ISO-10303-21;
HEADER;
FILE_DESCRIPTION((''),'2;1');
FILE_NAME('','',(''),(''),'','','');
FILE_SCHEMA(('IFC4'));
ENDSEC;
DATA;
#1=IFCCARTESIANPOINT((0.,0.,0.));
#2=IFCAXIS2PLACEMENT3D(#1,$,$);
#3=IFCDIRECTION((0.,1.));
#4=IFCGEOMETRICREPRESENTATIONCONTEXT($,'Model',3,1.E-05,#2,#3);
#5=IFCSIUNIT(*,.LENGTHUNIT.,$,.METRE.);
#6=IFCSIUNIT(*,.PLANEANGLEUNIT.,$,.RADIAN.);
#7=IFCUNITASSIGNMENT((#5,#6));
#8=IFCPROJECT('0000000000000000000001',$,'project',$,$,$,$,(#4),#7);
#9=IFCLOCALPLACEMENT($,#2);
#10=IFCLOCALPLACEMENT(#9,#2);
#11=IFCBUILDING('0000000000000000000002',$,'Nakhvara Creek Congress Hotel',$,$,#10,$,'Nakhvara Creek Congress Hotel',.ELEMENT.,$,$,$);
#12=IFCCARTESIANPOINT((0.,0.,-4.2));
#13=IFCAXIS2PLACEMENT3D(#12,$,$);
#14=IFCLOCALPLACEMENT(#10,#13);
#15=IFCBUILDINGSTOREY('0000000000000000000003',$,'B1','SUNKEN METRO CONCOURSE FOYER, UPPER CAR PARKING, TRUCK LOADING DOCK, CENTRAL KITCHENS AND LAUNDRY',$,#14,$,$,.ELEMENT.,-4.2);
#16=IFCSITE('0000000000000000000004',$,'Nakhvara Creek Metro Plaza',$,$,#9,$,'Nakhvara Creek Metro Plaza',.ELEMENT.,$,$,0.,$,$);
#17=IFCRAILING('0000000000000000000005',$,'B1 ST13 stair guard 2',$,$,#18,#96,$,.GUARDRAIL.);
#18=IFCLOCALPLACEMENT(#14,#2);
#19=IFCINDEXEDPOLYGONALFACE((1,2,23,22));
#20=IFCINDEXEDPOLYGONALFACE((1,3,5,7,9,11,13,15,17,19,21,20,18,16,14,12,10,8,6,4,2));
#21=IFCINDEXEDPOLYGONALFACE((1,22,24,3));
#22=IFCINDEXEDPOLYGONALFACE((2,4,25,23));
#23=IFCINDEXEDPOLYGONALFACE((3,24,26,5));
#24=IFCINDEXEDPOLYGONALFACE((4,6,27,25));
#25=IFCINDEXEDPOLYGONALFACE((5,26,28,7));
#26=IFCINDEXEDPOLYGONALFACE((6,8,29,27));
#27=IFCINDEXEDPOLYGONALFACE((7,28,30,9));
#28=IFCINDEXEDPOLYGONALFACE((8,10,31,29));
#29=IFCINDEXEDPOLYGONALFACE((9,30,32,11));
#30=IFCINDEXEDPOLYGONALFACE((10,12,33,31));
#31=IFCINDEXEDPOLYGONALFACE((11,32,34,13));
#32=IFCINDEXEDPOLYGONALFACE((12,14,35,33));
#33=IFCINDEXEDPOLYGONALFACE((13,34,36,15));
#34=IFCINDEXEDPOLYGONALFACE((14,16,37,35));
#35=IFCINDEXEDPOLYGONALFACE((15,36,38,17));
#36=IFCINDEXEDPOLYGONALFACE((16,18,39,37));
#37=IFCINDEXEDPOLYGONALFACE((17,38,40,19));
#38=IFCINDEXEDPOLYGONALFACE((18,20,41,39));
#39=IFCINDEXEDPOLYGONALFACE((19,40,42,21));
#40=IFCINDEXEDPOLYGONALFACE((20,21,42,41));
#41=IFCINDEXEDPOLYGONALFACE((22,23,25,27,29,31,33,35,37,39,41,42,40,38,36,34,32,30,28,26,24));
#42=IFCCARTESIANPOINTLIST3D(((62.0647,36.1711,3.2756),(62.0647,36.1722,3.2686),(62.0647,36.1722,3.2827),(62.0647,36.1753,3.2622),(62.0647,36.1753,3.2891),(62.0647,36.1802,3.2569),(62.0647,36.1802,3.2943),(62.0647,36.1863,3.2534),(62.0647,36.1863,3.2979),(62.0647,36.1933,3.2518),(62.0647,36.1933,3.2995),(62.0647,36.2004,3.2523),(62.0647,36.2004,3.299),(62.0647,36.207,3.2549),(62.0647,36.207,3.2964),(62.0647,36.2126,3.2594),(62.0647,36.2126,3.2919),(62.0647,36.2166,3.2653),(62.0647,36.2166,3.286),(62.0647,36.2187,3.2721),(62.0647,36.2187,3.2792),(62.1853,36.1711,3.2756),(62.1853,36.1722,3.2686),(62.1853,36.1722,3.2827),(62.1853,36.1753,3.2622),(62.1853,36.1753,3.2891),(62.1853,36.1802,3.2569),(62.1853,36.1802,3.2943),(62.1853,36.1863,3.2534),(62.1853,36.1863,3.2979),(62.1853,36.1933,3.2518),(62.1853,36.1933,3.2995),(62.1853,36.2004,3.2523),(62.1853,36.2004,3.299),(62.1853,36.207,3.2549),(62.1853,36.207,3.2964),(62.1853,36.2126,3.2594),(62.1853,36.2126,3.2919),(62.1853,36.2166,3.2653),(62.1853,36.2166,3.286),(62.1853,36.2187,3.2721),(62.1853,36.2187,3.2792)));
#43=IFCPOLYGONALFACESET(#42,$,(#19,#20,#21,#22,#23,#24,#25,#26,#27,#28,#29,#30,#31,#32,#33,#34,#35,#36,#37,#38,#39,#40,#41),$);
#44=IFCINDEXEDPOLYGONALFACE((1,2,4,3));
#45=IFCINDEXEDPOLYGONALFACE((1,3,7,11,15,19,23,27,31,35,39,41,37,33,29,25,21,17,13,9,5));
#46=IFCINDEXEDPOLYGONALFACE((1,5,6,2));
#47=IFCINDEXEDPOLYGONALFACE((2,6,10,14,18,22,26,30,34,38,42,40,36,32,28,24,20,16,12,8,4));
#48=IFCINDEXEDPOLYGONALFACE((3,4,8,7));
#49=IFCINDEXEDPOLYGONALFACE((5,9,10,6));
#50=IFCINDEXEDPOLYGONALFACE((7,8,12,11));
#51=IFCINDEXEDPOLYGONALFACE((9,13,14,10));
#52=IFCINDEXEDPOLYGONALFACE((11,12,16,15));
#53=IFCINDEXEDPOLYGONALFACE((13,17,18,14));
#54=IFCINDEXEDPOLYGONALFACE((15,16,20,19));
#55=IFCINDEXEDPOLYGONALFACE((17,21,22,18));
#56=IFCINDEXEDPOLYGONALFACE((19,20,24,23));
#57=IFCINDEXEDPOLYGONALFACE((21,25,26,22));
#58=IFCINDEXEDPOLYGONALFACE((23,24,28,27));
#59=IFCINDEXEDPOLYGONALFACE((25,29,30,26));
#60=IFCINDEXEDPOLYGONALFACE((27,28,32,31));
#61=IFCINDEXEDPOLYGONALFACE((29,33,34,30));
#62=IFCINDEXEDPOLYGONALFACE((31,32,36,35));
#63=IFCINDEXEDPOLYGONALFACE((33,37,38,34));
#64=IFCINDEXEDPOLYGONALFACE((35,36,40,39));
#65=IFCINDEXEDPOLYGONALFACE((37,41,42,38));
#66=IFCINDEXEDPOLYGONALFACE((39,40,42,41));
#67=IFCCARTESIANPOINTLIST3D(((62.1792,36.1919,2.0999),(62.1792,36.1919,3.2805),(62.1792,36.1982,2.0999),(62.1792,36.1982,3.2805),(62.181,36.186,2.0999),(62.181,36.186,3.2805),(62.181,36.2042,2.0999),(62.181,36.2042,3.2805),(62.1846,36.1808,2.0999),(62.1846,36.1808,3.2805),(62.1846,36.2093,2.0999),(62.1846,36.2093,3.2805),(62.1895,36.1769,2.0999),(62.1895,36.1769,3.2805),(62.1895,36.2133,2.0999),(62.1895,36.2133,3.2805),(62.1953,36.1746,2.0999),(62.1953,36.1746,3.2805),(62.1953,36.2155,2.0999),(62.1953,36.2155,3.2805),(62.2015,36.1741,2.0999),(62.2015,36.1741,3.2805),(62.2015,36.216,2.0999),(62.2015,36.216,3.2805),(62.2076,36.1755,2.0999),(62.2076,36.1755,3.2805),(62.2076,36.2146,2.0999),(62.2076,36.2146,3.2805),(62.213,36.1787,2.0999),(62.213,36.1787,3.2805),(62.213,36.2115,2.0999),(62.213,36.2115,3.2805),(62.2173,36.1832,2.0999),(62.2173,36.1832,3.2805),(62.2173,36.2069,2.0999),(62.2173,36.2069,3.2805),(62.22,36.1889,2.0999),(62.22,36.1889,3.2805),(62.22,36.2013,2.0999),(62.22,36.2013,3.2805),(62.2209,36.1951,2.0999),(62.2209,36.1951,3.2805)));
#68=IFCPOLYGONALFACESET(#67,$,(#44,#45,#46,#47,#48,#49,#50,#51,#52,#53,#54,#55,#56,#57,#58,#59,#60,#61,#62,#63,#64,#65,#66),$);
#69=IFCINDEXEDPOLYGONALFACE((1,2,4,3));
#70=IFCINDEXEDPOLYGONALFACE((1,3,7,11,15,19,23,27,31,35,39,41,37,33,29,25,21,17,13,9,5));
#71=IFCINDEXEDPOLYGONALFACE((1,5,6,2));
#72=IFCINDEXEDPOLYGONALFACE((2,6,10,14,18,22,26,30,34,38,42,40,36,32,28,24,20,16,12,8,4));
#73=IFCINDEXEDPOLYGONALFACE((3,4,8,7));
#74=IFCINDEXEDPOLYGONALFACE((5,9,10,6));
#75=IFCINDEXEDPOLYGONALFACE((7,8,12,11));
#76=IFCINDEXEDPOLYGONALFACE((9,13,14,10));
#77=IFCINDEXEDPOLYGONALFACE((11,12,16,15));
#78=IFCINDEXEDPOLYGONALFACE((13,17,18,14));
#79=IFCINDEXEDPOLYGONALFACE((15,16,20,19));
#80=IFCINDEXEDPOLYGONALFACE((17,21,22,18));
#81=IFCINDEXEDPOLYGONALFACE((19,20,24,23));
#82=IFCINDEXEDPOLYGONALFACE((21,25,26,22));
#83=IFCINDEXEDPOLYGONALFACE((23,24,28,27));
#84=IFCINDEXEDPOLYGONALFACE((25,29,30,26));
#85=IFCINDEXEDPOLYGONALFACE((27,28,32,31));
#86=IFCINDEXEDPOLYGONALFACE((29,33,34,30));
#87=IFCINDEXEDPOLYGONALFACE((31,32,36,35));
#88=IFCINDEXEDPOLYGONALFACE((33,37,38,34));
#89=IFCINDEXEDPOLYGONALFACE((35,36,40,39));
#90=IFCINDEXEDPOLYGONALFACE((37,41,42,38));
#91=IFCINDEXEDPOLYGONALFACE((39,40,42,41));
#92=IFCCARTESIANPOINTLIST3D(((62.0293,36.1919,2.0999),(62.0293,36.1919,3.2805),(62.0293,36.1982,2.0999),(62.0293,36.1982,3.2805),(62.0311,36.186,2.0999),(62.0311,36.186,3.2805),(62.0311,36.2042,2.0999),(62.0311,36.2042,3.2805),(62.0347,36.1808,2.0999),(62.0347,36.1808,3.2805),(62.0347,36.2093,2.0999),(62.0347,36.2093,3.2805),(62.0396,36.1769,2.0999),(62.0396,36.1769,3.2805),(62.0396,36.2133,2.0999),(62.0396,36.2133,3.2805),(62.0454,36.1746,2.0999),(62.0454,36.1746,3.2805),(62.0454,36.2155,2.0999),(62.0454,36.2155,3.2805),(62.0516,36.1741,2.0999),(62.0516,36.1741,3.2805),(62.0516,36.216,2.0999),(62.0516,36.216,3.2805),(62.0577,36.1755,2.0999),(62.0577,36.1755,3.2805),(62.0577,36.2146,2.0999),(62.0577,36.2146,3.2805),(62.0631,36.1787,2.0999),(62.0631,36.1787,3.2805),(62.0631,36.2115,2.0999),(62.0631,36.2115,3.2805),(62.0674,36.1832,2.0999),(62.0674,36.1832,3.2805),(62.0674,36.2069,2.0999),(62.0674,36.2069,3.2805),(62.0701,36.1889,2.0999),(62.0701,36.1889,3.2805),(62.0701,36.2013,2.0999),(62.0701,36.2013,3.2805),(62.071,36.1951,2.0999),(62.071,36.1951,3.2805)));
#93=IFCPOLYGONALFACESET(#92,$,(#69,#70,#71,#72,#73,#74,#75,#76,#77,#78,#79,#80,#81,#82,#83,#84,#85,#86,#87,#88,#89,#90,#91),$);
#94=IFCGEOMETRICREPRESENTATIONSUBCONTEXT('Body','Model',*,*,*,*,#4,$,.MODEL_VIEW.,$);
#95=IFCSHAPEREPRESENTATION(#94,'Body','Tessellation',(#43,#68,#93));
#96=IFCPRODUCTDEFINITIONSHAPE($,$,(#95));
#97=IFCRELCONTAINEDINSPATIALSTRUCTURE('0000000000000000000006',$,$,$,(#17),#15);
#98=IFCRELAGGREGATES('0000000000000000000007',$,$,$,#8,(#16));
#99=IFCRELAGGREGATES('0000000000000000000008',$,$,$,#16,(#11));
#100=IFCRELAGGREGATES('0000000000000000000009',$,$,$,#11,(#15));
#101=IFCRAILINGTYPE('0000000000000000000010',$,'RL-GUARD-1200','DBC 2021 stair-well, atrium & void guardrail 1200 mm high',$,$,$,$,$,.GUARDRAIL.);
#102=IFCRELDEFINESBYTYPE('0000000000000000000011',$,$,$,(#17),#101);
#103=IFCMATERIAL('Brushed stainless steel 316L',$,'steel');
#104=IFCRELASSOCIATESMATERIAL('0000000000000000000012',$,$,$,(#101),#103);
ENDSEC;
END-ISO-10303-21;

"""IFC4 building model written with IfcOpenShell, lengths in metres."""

from ifc_helpers import new_model, si_unit, direction, frame, origin, origin_2d, place, context, subcontext, project, spatial, circle, extrude, material, type_object, element, save


model = new_model("IFC4")

# Units and contexts
model_context = context("Model", 3, precision=1e-05, world=origin(), true_north=direction((0.0, 1.0)))
body_context = subcontext(model_context, "Body", "Model", "MODEL_VIEW")
ifc_project = project(units=[si_unit("LENGTHUNIT", "METRE"), si_unit("PLANEANGLEUNIT", "RADIAN")], contexts=[model_context])

# Site, building, storey
site_placement = place(None, origin())
site = spatial("IfcSite", under=ifc_project, at=site_placement, Name="Nakhvara Creek Metro Plaza", LongName="Nakhvara Creek Metro Plaza", CompositionType="ELEMENT", RefElevation=0.0)
building_placement = place(site_placement, origin())
building = spatial("IfcBuilding", under=site, at=building_placement, Name="Nakhvara Creek Congress Hotel", LongName="Nakhvara Creek Congress Hotel", CompositionType="ELEMENT")
storey_placement = place(building_placement, frame((0.0, 0.0, -4.2)))
storey = spatial("IfcBuildingStorey", under=building, at=storey_placement, Name="B1", Description="SUNKEN METRO CONCOURSE FOYER, UPPER CAR PARKING, TRUCK LOADING DOCK, CENTRAL KITCHENS AND LAUNDRY", CompositionType="ELEMENT", Elevation=-4.2)

# Railing
ifc_material_1 = material(Name="Brushed stainless steel 316L", Category="steel")
railing_type_1 = type_object("IfcRailingType", Name="RL-GUARD-1200", Description="DBC 2021 stair-well, atrium & void guardrail 1200 mm high", PredefinedType="GUARDRAIL", material=ifc_material_1)
railing_1_placement = place(storey_placement, frame((62.2, 36.1951, 2.0999)))
element("IfcRailing", 1, at=railing_1_placement, inside=storey, type_object=railing_type_1, Name="B1 ST13 stair guard 2", PredefinedType="GUARDRAIL", context=body_context, shape_type="SweptSolid", body=[
    extrude(circle(Radius=0.0239, at=origin_2d()), frame((-0.0146, 0.0, 1.1758), z_axis=(-1.0, 0.0, 0.0), x_axis=(0.0, -1.0, 0.0)), (0.0, 0.0, 1.0), 0.1206),
    extrude(circle(Radius=0.021, at=origin_2d()), origin(), (0.0, 0.0, 1.0), 1.1807),
    extrude(circle(Radius=0.021, at=origin_2d()), frame((-0.1499, 0.0, 0.0)), (0.0, 0.0, 1.0), 1.1807),
])

save(model, "model.ifc")
